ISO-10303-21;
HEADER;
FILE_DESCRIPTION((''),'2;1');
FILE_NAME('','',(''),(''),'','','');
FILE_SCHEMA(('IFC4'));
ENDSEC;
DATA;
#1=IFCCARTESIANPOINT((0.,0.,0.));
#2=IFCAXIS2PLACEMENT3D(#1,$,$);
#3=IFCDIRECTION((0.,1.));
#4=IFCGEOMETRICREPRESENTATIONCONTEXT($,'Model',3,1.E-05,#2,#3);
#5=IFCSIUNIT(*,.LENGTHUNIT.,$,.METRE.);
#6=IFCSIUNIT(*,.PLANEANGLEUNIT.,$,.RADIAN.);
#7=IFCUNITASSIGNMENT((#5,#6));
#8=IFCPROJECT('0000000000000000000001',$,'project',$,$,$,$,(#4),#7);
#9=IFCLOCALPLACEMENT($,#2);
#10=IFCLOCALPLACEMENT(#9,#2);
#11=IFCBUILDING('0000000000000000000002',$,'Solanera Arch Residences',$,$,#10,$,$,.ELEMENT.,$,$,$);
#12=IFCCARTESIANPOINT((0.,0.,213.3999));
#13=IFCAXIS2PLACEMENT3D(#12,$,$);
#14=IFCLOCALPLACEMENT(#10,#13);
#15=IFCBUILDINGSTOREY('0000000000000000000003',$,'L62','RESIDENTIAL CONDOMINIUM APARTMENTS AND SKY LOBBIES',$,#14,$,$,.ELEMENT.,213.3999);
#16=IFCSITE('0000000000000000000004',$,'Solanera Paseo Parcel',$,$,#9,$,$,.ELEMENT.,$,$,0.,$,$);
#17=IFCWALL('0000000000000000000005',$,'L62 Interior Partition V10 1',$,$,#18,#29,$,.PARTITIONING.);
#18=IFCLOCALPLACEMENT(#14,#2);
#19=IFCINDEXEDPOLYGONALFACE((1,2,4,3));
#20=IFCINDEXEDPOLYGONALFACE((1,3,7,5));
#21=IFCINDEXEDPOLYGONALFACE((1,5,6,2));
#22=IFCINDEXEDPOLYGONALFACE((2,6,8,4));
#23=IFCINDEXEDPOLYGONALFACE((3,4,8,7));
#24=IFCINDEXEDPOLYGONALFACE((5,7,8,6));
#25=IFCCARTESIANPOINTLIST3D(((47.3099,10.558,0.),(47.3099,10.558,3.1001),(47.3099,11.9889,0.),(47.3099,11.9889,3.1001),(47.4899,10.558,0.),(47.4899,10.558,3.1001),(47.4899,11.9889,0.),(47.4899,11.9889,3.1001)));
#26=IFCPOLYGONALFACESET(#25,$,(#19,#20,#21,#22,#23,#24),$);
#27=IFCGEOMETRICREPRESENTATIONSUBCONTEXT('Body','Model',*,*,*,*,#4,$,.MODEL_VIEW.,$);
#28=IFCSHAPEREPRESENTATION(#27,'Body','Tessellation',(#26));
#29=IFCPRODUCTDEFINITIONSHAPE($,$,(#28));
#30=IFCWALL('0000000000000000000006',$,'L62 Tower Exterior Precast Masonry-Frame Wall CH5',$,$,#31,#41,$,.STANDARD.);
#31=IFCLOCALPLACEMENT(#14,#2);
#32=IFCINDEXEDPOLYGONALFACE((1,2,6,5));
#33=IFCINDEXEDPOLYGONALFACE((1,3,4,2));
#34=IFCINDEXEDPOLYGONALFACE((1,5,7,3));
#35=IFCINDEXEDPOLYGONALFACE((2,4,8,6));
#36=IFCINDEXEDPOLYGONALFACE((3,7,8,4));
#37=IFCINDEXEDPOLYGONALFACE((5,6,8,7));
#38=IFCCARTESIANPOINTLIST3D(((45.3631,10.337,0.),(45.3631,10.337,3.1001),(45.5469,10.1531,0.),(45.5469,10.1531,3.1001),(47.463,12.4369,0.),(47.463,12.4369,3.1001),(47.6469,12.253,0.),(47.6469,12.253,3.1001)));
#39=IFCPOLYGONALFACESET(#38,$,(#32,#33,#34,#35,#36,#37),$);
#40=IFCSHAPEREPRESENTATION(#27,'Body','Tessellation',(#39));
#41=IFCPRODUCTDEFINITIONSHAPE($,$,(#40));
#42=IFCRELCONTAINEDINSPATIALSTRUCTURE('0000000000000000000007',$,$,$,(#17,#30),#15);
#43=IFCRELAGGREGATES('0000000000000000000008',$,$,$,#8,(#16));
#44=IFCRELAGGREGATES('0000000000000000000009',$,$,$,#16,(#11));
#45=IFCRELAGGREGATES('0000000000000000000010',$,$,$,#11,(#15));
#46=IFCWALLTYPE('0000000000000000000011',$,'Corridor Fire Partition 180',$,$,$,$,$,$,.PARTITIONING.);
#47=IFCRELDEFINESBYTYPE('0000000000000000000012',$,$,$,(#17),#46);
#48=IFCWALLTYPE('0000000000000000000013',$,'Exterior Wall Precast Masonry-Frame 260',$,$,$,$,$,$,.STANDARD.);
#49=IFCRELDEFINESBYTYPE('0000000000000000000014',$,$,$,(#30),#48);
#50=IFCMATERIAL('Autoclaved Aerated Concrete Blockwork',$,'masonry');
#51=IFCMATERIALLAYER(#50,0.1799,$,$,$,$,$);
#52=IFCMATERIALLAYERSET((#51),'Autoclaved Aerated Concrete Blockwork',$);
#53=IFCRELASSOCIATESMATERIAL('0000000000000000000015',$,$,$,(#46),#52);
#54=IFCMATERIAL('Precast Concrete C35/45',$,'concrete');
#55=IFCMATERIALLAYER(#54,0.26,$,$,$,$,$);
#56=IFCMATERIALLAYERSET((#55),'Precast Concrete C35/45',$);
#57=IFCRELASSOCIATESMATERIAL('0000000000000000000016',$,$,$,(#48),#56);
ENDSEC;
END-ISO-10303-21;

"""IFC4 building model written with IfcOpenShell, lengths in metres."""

from ifc_helpers import new_model, si_unit, direction, frame, frame_2d, origin, place, context, subcontext, project, spatial, rectangle, extrude, material, layer, layer_set, type_object, element, save


model = new_model("IFC4")

# Units and contexts
model_context = context("Model", 3, precision=1e-05, world=origin(), true_north=direction((0.0, 1.0)))
body_context = subcontext(model_context, "Body", "Model", "MODEL_VIEW")
ifc_project = project(units=[si_unit("LENGTHUNIT", "METRE"), si_unit("PLANEANGLEUNIT", "RADIAN")], contexts=[model_context])

# Site, building, storey
site_placement = place(None, origin())
site = spatial("IfcSite", under=ifc_project, at=site_placement, Name="Solanera Paseo Parcel", CompositionType="ELEMENT", RefElevation=0.0)
building_placement = place(site_placement, origin())
building = spatial("IfcBuilding", under=site, at=building_placement, Name="Solanera Arch Residences", CompositionType="ELEMENT")
storey_placement = place(building_placement, frame((0.0, 0.0, 213.3999)))
storey = spatial("IfcBuildingStorey", under=building, at=storey_placement, Name="L62", Description="RESIDENTIAL CONDOMINIUM APARTMENTS AND SKY LOBBIES", CompositionType="ELEMENT", Elevation=213.3999)

# Walls
ifc_material_1 = material(Name="Autoclaved Aerated Concrete Blockwork", Category="masonry")
ifc_layer_1 = layer(ifc_material_1, 0.1799)
ifc_layer_set_1 = layer_set([ifc_layer_1], Name="Autoclaved Aerated Concrete Blockwork")
wall_type_1 = type_object("IfcWallType", Name="Corridor Fire Partition 180", PredefinedType="PARTITIONING", material=ifc_layer_set_1)
wall_1_placement = place(storey_placement, frame((47.3999, 10.5581, 0.0), z_axis=(0.0, 0.0, 1.0), x_axis=(0.0, 1.0, 0.0)))
element("IfcWall", 1, at=wall_1_placement, inside=storey, type_object=wall_type_1, Name="L62 Interior Partition V10 1", PredefinedType="PARTITIONING", context=body_context, shape_type="SweptSolid", body=[
    extrude(rectangle(XDim=1.4309, YDim=0.1799, at=frame_2d((0.7153, 0.0))), origin(), (0.0, 0.0, 1.0), 3.1001),
])
ifc_material_2 = material(Name="Precast Concrete C35/45", Category="concrete")
ifc_layer_2 = layer(ifc_material_2, 0.26)
ifc_layer_set_2 = layer_set([ifc_layer_2], Name="Precast Concrete C35/45")
wall_type_2 = type_object("IfcWallType", Name="Exterior Wall Precast Masonry-Frame 260", PredefinedType="STANDARD", material=ifc_layer_set_2)
wall_2_placement = place(storey_placement, frame((47.5549, 12.345, 0.0), z_axis=(0.0, 0.0, 1.0), x_axis=(-0.707107, -0.707107, 0.0)))
element("IfcWall", 2, at=wall_2_placement, inside=storey, type_object=wall_type_2, Name="L62 Tower Exterior Precast Masonry-Frame Wall CH5", PredefinedType="STANDARD", context=body_context, shape_type="SweptSolid", body=[
    extrude(rectangle(XDim=2.9697, YDim=0.26, at=frame_2d((1.4849, 0.0))), origin(), (0.0, 0.0, 1.0), 3.1001),
])

save(model, "model.ifc")
